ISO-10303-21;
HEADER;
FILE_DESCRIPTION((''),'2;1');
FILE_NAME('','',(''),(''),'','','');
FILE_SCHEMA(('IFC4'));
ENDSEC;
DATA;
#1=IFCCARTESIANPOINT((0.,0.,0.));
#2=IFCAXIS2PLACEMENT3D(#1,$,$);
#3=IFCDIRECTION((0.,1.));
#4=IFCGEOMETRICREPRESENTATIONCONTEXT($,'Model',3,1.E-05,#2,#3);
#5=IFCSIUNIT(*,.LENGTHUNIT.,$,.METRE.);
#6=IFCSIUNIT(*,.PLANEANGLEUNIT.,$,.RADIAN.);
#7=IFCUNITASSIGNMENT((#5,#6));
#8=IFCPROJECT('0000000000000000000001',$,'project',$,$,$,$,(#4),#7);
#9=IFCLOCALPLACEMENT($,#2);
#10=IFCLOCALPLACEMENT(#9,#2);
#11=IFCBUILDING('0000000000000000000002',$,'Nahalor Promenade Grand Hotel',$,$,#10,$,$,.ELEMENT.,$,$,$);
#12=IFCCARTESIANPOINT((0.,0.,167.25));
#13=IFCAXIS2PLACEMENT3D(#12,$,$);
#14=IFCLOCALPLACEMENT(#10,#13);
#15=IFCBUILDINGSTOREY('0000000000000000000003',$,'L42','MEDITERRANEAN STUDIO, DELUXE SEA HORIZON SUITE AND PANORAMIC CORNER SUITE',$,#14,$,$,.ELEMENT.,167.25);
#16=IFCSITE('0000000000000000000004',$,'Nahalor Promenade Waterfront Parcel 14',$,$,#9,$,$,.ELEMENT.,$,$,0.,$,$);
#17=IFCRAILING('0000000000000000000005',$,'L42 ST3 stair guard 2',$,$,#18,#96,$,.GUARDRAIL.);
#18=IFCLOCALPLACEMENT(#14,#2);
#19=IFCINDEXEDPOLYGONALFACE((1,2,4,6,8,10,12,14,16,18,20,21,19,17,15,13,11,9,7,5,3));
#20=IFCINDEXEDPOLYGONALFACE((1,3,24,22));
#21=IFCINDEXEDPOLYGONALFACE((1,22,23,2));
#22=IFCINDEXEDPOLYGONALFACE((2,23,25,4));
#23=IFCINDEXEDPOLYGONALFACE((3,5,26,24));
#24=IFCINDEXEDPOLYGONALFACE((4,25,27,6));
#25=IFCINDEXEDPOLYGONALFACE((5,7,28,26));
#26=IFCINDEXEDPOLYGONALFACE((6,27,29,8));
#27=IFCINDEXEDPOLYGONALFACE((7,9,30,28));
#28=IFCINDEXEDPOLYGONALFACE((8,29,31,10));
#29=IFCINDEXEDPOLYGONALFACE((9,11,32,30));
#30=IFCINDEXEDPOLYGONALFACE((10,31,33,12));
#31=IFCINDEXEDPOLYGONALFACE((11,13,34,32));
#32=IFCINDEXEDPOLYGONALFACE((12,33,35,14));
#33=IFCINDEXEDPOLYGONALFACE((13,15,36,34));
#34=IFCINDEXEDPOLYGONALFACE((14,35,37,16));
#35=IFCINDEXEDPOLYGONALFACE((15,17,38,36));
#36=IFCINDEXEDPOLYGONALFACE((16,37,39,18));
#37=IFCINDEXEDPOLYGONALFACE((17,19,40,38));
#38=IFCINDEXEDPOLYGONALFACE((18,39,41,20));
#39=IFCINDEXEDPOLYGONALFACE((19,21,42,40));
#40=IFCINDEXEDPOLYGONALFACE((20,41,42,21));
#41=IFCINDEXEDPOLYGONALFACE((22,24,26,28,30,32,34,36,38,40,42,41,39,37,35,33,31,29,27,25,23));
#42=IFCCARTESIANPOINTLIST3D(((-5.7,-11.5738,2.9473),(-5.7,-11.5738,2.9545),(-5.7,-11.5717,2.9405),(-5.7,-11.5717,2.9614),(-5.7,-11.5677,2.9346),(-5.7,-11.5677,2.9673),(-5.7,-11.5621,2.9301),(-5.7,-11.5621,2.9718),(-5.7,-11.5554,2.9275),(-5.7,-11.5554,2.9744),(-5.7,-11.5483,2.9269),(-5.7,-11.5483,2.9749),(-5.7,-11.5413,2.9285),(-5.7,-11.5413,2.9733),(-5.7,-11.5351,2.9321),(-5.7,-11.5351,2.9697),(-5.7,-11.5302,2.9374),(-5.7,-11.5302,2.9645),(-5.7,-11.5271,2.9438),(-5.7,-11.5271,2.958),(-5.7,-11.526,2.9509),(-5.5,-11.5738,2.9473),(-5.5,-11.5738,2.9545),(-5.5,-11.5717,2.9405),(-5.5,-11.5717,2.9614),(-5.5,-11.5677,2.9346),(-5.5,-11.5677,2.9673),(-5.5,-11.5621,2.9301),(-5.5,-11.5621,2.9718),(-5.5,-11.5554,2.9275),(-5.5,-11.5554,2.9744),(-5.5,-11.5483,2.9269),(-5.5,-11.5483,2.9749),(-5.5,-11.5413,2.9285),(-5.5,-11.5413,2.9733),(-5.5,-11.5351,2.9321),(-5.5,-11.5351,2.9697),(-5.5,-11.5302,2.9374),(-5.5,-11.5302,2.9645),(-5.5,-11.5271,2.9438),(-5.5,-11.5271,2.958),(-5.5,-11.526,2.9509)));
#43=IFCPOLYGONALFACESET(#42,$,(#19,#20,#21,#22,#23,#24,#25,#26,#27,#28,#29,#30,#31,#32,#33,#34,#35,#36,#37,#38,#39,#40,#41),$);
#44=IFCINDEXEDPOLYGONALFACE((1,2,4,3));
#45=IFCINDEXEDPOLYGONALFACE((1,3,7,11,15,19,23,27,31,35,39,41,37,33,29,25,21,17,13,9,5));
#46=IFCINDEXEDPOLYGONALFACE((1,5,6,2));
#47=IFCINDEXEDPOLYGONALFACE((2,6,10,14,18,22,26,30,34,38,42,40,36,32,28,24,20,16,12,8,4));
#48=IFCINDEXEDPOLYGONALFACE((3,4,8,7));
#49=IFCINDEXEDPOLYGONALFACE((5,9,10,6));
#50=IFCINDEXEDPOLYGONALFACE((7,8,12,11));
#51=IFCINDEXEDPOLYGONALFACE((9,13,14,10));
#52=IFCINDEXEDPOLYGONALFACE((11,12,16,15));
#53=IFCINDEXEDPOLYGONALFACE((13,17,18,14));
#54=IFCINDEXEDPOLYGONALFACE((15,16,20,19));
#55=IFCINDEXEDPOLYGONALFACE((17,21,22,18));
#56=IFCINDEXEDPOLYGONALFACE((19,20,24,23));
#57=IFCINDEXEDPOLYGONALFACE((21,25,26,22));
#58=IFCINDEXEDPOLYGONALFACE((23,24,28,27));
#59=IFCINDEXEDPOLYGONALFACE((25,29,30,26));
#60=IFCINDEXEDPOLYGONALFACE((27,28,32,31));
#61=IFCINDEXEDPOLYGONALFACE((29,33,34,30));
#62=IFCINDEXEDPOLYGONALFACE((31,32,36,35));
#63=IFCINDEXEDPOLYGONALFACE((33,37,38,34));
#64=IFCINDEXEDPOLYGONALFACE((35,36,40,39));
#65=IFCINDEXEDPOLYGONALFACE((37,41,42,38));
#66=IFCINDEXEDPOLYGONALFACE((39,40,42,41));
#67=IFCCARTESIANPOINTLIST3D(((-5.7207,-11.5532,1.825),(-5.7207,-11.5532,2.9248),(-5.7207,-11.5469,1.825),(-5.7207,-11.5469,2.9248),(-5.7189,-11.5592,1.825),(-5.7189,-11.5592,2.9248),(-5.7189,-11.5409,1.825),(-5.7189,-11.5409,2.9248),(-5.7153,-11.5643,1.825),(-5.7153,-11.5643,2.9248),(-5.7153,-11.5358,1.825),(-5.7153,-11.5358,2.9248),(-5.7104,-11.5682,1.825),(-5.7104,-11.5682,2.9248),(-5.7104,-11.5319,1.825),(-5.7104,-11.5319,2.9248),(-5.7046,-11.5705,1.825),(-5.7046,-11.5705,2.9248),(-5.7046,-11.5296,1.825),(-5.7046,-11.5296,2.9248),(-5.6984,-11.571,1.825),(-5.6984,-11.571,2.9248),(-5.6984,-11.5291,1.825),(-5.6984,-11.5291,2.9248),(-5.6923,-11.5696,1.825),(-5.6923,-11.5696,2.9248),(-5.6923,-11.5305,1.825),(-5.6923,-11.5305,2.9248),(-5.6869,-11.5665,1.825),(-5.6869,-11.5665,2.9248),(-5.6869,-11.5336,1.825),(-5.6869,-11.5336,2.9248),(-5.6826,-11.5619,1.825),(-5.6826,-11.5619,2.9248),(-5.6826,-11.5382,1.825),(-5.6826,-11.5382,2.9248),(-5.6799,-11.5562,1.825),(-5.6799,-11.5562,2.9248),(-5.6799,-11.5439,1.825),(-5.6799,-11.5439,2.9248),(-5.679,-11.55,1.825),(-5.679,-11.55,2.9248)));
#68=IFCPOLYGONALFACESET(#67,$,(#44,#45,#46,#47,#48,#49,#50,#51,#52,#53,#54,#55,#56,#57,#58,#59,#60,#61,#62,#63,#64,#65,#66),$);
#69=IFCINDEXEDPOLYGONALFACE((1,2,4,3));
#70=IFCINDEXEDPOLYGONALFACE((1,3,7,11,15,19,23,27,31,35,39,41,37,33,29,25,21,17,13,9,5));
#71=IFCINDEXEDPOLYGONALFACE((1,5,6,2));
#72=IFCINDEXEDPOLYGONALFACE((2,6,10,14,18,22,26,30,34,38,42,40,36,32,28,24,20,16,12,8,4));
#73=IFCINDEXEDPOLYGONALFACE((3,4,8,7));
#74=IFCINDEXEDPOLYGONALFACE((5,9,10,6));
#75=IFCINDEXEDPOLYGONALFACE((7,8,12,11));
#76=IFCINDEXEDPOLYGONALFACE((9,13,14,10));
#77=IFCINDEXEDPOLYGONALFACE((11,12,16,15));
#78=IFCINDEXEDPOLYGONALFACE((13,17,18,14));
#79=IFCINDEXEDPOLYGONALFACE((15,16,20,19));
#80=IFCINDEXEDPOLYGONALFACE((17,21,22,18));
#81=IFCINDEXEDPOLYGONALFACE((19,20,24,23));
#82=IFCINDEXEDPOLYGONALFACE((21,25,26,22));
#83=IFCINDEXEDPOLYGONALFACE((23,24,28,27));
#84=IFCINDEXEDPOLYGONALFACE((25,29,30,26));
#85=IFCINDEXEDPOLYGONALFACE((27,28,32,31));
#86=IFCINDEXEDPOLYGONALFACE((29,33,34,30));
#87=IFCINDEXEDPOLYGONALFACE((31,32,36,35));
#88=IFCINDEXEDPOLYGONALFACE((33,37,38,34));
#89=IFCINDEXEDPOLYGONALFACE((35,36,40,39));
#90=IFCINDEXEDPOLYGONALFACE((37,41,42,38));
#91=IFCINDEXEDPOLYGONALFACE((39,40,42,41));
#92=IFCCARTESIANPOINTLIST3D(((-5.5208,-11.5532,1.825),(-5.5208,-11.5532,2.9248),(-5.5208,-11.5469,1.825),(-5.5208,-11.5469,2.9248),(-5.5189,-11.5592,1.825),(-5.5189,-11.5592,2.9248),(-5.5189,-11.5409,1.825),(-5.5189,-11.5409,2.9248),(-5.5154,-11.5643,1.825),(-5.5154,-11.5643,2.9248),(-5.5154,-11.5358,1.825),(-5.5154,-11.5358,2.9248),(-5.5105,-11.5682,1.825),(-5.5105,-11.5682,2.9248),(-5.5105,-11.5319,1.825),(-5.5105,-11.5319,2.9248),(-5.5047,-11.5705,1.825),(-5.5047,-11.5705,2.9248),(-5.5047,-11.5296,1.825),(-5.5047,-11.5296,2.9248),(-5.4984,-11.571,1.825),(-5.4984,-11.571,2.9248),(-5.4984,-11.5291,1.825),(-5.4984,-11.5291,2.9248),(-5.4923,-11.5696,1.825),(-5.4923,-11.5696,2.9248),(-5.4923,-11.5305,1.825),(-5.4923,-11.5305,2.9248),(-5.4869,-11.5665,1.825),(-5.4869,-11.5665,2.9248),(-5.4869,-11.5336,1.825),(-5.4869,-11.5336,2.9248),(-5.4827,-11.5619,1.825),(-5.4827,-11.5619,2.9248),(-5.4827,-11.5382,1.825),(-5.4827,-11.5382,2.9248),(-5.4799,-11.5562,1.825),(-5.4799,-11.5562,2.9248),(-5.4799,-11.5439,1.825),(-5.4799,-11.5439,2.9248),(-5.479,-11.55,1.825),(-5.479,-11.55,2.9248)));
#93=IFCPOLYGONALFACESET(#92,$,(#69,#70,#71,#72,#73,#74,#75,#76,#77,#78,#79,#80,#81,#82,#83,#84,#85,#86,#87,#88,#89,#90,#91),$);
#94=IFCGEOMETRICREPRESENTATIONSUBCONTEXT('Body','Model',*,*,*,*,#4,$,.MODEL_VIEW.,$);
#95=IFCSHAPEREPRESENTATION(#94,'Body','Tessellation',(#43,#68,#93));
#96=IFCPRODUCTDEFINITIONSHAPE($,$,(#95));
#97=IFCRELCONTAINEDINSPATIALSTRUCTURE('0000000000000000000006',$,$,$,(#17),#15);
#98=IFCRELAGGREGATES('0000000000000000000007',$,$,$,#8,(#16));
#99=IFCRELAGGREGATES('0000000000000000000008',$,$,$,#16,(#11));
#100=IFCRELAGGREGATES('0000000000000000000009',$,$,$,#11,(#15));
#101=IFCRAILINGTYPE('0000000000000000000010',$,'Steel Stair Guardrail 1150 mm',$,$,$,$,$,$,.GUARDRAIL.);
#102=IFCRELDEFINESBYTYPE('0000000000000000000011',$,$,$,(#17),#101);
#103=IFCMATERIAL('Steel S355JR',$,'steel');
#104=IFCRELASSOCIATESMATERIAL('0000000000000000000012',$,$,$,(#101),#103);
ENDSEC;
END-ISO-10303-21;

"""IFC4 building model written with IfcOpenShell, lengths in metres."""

from ifc_helpers import new_model, si_unit, direction, frame, origin, origin_2d, place, context, subcontext, project, spatial, circle, extrude, material, type_object, element, save


model = new_model("IFC4")

# Units and contexts
model_context = context("Model", 3, precision=1e-05, world=origin(), true_north=direction((0.0, 1.0)))
body_context = subcontext(model_context, "Body", "Model", "MODEL_VIEW")
ifc_project = project(units=[si_unit("LENGTHUNIT", "METRE"), si_unit("PLANEANGLEUNIT", "RADIAN")], contexts=[model_context])

# Site, building, storey
site_placement = place(None, origin())
site = spatial("IfcSite", under=ifc_project, at=site_placement, Name="Nahalor Promenade Waterfront Parcel 14", CompositionType="ELEMENT", RefElevation=0.0)
building_placement = place(site_placement, origin())
building = spatial("IfcBuilding", under=site, at=building_placement, Name="Nahalor Promenade Grand Hotel", CompositionType="ELEMENT")
storey_placement = place(building_placement, frame((0.0, 0.0, 167.25)))
storey = spatial("IfcBuildingStorey", under=building, at=storey_placement, Name="L42", Description="MEDITERRANEAN STUDIO, DELUXE SEA HORIZON SUITE AND PANORAMIC CORNER SUITE", CompositionType="ELEMENT", Elevation=167.25)

# Shared definitions
ifc_material_1 = material(Name="Steel S355JR", Category="steel")

# Railing
railing_type_1 = type_object("IfcRailingType", Name="Steel Stair Guardrail 1150 mm", PredefinedType="GUARDRAIL", material=ifc_material_1)
railing_1_placement = place(storey_placement, frame((-5.7, -11.55, 1.825)))
element("IfcRailing", 1, at=railing_1_placement, inside=storey, type_object=railing_type_1, Name="L42 ST3 stair guard 2", PredefinedType="GUARDRAIL", context=body_context, shape_type="SweptSolid", body=[
    extrude(circle(Radius=0.024, at=origin_2d()), frame((0.0, 0.0, 1.126), z_axis=(1.0, 0.0, 0.0), x_axis=(0.0, 1.0, 0.0)), (0.0, 0.0, 1.0), 0.2),
    extrude(circle(Radius=0.021, at=origin_2d()), origin(), (0.0, 0.0, 1.0), 1.0999),
    extrude(circle(Radius=0.021, at=origin_2d()), frame((0.2, 0.0, 0.0)), (0.0, 0.0, 1.0), 1.0999),
])

save(model, "model.ifc")
